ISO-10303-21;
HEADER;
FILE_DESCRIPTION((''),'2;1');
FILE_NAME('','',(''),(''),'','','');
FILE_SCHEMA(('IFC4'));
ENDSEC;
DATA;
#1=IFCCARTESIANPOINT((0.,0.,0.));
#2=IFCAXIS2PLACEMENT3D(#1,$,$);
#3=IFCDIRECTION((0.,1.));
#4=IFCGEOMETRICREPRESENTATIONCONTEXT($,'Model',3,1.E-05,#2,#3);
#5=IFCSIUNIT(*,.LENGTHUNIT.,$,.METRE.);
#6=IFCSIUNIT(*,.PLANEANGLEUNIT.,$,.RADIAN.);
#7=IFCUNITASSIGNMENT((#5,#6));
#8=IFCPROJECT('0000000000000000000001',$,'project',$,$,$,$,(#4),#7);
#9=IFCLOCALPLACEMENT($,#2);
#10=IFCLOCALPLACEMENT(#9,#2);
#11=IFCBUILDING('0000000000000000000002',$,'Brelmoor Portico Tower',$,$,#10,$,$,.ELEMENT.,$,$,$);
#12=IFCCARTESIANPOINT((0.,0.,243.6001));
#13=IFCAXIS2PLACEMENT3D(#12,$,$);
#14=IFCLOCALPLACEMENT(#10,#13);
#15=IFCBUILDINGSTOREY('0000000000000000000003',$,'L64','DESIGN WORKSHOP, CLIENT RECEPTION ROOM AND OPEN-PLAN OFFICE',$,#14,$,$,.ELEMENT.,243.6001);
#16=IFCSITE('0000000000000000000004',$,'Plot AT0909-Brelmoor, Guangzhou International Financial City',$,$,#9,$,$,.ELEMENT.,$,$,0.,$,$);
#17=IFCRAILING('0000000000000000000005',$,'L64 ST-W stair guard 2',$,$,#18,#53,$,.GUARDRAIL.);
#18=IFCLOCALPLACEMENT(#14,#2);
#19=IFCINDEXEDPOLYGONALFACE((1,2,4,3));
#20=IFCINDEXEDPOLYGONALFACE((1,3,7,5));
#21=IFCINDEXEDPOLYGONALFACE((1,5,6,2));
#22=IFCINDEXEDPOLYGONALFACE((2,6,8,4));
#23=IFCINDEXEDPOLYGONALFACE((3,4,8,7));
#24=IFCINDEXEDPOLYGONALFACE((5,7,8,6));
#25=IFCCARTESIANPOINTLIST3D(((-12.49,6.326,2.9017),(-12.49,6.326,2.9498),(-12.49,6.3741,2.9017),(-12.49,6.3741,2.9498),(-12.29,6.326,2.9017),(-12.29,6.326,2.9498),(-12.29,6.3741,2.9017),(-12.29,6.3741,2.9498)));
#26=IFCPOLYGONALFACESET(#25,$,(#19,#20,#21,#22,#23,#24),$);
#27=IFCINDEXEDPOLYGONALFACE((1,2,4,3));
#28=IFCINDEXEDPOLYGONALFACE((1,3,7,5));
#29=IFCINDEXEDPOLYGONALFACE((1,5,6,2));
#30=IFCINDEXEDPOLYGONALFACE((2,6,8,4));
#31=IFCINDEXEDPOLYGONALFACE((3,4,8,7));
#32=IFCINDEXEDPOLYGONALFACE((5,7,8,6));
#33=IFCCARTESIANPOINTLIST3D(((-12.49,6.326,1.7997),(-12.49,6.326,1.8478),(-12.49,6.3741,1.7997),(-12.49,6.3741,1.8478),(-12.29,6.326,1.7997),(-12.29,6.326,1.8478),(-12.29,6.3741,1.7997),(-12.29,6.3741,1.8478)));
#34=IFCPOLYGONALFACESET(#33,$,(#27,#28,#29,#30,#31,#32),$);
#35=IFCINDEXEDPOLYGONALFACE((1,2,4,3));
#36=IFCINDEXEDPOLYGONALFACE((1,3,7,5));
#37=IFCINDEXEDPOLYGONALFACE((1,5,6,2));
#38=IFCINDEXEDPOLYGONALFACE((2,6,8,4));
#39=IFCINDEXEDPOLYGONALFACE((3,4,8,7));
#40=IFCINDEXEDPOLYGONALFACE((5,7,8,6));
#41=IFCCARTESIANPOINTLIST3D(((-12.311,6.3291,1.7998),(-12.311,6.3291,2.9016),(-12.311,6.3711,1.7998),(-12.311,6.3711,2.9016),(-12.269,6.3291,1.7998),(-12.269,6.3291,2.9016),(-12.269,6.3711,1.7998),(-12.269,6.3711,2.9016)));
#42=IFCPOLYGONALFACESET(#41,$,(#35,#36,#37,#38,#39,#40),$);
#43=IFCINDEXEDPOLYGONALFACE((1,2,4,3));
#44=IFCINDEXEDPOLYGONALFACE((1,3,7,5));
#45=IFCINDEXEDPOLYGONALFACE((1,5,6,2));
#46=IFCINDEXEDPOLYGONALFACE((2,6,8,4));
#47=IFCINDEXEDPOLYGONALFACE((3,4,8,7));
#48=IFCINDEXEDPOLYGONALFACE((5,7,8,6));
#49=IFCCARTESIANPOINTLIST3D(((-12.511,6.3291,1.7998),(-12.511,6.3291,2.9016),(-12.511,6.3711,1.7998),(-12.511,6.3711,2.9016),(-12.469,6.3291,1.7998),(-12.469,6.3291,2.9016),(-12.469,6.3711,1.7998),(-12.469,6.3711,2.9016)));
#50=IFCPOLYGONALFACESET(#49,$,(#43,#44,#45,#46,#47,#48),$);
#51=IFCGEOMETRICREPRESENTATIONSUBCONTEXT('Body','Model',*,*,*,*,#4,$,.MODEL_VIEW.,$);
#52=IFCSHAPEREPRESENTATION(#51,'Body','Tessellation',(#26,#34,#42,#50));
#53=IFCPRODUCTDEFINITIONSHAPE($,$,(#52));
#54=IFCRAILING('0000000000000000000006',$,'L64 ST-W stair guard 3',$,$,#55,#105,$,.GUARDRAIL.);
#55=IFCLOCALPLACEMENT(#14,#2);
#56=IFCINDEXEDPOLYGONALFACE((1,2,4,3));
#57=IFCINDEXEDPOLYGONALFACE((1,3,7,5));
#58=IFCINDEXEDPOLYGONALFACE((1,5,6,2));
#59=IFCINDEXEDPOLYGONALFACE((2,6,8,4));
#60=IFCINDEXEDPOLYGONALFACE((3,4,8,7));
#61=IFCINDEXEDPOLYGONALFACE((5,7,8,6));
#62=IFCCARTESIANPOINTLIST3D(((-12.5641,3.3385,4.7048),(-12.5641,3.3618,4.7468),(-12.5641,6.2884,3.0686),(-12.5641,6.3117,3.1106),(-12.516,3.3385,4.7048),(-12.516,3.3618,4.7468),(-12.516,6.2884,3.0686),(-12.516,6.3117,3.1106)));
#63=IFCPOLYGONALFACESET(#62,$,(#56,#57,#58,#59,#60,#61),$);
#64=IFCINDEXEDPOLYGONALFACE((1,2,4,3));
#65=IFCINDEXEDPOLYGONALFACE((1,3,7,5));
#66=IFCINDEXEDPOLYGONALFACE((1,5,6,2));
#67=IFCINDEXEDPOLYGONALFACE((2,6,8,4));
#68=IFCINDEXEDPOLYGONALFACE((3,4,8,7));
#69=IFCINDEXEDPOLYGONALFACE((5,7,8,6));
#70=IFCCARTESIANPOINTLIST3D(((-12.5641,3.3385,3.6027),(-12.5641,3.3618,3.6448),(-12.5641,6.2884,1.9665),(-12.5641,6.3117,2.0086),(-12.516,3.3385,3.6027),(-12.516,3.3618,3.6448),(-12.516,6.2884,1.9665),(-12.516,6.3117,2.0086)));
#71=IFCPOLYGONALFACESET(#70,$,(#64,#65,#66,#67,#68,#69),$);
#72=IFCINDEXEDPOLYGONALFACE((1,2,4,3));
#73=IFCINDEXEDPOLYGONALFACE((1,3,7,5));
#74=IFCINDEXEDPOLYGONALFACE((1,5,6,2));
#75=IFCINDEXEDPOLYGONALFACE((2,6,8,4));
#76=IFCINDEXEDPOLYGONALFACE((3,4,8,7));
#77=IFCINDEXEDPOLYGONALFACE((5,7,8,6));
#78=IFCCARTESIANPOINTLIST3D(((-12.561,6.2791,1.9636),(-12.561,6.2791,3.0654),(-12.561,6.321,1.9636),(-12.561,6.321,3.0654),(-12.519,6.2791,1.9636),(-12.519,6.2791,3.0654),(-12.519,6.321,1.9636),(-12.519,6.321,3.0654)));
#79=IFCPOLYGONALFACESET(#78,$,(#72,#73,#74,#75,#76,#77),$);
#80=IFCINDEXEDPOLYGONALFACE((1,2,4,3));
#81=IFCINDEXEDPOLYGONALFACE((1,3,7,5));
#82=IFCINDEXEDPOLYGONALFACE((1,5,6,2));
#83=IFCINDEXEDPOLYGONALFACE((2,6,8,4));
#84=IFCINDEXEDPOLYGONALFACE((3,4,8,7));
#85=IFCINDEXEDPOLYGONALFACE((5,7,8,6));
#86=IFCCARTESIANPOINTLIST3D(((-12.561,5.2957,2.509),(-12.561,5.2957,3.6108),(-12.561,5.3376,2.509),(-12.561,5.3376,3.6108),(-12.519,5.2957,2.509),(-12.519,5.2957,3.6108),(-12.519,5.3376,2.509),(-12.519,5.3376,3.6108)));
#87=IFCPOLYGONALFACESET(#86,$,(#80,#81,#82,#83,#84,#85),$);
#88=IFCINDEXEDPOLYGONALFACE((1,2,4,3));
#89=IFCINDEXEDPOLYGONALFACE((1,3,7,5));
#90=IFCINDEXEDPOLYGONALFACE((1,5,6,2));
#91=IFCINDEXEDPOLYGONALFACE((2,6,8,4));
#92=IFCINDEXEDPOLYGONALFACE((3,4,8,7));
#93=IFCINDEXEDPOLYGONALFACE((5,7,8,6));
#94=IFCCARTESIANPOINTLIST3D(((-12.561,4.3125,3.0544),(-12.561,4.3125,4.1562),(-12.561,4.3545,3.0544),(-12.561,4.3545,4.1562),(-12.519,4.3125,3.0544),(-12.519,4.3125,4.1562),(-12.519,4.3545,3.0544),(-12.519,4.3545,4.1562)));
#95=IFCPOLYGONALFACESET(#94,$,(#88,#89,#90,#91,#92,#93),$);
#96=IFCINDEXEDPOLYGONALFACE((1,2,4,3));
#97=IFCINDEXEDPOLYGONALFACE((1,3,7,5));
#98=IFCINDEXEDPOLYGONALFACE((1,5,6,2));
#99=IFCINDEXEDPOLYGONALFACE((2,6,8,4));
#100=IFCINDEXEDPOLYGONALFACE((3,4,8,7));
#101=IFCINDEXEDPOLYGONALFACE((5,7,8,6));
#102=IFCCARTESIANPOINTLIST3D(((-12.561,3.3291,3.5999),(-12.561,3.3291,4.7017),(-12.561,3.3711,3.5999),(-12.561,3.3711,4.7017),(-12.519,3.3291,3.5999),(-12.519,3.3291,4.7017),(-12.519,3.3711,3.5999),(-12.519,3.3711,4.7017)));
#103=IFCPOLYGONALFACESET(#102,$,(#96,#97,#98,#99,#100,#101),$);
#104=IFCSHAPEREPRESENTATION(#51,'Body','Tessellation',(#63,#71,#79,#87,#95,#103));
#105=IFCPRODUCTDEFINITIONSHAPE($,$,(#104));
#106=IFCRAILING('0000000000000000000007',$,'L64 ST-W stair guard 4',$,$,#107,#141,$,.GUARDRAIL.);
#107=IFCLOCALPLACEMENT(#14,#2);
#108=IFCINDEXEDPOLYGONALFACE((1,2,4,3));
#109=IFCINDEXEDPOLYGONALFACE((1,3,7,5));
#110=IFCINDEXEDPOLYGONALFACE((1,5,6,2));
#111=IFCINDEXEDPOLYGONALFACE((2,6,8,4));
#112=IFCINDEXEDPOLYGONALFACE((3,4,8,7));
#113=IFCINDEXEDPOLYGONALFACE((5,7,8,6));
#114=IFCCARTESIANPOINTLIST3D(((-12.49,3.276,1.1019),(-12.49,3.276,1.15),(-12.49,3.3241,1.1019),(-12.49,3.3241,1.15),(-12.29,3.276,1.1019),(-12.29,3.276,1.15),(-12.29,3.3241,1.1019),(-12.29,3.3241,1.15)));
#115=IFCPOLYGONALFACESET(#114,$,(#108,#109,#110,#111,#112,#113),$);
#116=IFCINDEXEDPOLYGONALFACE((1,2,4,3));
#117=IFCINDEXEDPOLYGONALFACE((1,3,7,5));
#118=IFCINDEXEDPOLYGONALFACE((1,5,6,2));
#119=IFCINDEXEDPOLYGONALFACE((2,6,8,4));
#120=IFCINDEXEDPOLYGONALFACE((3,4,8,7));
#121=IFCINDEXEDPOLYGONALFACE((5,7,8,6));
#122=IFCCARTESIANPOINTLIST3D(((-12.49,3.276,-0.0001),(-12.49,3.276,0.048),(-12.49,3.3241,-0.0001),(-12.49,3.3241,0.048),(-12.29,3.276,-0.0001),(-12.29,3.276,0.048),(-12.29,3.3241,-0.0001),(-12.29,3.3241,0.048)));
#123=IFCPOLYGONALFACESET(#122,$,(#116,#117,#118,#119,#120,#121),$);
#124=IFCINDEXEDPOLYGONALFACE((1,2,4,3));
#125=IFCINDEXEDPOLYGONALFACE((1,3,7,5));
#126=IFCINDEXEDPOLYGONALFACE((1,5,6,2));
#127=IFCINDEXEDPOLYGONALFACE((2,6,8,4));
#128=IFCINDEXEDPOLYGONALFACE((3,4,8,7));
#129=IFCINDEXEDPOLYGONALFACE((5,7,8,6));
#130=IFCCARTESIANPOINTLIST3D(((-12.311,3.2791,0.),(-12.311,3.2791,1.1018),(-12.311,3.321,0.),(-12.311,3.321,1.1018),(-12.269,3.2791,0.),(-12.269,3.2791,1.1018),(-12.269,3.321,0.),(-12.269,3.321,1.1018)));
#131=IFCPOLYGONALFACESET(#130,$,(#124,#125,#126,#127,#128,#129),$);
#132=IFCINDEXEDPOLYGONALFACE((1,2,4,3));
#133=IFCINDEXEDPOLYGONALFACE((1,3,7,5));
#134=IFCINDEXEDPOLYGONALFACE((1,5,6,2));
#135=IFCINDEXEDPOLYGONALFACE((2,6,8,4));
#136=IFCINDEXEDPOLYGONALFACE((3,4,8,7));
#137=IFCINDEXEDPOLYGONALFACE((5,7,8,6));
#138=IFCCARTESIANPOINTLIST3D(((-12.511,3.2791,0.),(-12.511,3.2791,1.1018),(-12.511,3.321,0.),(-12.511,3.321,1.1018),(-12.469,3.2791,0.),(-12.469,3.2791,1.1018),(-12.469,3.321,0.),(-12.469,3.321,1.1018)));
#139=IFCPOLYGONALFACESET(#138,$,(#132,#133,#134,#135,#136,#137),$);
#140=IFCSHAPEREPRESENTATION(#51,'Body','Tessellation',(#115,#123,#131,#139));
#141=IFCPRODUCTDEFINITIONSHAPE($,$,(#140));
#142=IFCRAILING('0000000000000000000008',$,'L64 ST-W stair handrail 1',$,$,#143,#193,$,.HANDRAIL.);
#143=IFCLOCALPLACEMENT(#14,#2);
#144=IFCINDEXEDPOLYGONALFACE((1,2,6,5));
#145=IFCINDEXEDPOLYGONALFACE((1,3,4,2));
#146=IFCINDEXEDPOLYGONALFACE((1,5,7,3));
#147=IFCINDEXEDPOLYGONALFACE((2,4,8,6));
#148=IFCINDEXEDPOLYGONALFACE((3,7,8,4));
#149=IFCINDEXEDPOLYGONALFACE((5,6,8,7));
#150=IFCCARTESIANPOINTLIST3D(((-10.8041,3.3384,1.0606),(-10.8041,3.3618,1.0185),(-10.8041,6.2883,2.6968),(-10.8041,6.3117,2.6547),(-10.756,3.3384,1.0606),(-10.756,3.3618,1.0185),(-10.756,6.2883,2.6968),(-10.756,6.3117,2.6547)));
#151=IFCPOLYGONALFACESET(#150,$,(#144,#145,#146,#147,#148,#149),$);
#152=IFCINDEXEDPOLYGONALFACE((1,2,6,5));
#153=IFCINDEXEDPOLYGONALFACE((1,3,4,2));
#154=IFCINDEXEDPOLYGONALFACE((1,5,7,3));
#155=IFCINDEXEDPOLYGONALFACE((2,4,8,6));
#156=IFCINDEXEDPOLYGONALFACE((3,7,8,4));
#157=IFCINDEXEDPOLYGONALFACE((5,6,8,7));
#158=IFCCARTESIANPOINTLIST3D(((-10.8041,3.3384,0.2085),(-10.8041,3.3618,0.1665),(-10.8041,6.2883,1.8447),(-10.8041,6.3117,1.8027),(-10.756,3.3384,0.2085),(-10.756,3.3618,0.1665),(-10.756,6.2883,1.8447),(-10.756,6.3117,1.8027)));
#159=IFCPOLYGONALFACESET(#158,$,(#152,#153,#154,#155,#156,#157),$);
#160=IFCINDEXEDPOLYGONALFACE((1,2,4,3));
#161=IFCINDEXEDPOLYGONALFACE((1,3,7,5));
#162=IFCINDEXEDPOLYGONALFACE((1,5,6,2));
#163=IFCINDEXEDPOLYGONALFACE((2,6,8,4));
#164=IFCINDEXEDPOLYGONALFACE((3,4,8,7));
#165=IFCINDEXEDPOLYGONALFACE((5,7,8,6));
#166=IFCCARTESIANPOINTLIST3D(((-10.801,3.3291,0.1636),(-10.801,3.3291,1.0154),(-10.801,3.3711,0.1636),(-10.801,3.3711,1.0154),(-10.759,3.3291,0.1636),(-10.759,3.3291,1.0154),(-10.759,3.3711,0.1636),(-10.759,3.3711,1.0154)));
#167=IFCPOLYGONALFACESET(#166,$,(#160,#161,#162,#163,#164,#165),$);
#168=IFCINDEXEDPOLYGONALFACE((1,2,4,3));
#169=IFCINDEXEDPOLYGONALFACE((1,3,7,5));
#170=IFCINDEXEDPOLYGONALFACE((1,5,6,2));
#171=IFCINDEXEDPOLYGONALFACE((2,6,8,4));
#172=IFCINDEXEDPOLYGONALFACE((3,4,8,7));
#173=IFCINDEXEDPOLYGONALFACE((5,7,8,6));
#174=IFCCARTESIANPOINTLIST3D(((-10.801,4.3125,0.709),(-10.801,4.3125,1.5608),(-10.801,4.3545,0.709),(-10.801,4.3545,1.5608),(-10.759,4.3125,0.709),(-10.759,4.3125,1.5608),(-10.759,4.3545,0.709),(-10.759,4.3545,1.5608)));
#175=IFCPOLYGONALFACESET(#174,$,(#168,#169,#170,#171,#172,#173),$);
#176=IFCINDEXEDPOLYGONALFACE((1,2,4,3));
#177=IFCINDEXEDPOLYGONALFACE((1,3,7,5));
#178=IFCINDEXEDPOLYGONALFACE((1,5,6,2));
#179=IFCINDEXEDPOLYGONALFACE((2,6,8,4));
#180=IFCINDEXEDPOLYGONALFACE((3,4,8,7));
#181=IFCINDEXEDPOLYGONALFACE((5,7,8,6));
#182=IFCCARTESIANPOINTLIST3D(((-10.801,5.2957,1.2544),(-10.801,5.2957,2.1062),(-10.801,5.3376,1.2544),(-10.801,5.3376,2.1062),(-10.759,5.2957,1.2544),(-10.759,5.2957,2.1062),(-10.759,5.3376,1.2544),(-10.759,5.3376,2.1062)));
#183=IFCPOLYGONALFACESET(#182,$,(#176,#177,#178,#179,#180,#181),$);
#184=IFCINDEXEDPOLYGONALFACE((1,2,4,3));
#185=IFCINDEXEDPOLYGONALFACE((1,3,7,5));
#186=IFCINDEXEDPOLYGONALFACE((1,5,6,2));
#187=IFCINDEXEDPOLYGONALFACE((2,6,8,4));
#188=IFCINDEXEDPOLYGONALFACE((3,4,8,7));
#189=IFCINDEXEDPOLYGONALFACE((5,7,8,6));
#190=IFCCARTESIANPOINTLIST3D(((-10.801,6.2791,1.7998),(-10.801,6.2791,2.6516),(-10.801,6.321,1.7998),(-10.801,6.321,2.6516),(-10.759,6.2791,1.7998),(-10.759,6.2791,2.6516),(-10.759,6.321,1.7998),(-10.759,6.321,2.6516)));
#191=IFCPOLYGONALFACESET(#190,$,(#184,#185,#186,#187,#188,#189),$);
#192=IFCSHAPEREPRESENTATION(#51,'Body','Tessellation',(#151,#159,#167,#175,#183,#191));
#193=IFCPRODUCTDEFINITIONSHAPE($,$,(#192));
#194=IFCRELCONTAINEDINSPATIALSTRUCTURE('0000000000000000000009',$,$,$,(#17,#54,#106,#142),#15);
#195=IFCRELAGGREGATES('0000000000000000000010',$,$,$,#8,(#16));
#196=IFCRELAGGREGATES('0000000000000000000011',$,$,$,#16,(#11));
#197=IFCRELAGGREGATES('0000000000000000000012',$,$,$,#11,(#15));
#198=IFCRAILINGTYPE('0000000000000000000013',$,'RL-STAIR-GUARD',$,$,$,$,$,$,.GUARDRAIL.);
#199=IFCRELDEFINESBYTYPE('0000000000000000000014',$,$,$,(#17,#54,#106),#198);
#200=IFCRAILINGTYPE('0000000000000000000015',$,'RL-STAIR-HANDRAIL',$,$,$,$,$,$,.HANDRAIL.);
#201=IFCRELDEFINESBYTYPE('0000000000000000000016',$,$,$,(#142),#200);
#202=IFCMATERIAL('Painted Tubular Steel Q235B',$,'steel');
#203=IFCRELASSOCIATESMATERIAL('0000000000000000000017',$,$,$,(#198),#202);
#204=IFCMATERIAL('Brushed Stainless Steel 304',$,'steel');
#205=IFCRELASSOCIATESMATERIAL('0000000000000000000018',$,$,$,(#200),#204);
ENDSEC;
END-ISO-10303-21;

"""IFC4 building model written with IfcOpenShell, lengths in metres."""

from ifc_helpers import new_model, si_unit, direction, frame, origin, origin_2d, place, context, subcontext, project, spatial, rectangle, extrude, material, type_object, element, save


model = new_model("IFC4")

# Units and contexts
model_context = context("Model", 3, precision=1e-05, world=origin(), true_north=direction((0.0, 1.0)))
body_context = subcontext(model_context, "Body", "Model", "MODEL_VIEW")
ifc_project = project(units=[si_unit("LENGTHUNIT", "METRE"), si_unit("PLANEANGLEUNIT", "RADIAN")], contexts=[model_context])

# Site, building, storey
site_placement = place(None, origin())
site = spatial("IfcSite", under=ifc_project, at=site_placement, Name="Plot AT0909-Brelmoor, Guangzhou International Financial City", CompositionType="ELEMENT", RefElevation=0.0)
building_placement = place(site_placement, origin())
building = spatial("IfcBuilding", under=site, at=building_placement, Name="Brelmoor Portico Tower", CompositionType="ELEMENT")
storey_placement = place(building_placement, frame((0.0, 0.0, 243.6001)))
storey = spatial("IfcBuildingStorey", under=building, at=storey_placement, Name="L64", Description="DESIGN WORKSHOP, CLIENT RECEPTION ROOM AND OPEN-PLAN OFFICE", CompositionType="ELEMENT", Elevation=243.6001)

# Railings
ifc_material_1 = material(Name="Painted Tubular Steel Q235B", Category="steel")
railing_type_1 = type_object("IfcRailingType", Name="RL-STAIR-GUARD", PredefinedType="GUARDRAIL", material=ifc_material_1)
railing_1_placement = place(storey_placement, frame((-12.29, 6.3501, 1.7998)))
element("IfcRailing", 1, at=railing_1_placement, inside=storey, type_object=railing_type_1, Name="L64 ST-W stair guard 2", PredefinedType="GUARDRAIL", context=body_context, shape_type="SweptSolid", body=[
    extrude(rectangle(XDim=0.0481, YDim=0.0481, at=origin_2d()), frame((0.0, 0.0, 1.126), z_axis=(-1.0, 0.0, 0.0), x_axis=(0.0, -1.0, 0.0)), (0.0, 0.0, 1.0), 0.2),
    extrude(rectangle(XDim=0.0481, YDim=0.0481, at=origin_2d()), frame((0.0, 0.0, 0.0239), z_axis=(-1.0, 0.0, 0.0), x_axis=(0.0, -1.0, 0.0)), (0.0, 0.0, 1.0), 0.2),
    extrude(rectangle(XDim=0.042, YDim=0.042, at=origin_2d()), origin(), (0.0, 0.0, 1.0), 1.1018),
    extrude(rectangle(XDim=0.042, YDim=0.042, at=origin_2d()), frame((-0.2, 0.0, 0.0)), (0.0, 0.0, 1.0), 1.1018),
])
railing_2_placement = place(storey_placement, frame((-12.54, 6.3, 1.9636)))
element("IfcRailing", 2, at=railing_2_placement, inside=storey, type_object=railing_type_1, Name="L64 ST-W stair guard 3", PredefinedType="GUARDRAIL", context=body_context, shape_type="SweptSolid", body=[
    extrude(rectangle(XDim=0.0481, YDim=0.0481, at=origin_2d()), frame((0.0, 0.0, 1.126), z_axis=(0.0, -0.874488, 0.485047), x_axis=(1.0, 0.0, 0.0)), (0.0, 0.0, 1.0), 3.3733),
    extrude(rectangle(XDim=0.0481, YDim=0.0481, at=origin_2d()), frame((0.0, 0.0, 0.0239), z_axis=(0.0, -0.874488, 0.485047), x_axis=(1.0, 0.0, 0.0)), (0.0, 0.0, 1.0), 3.3733),
    extrude(rectangle(XDim=0.042, YDim=0.042, at=origin_2d()), origin(), (0.0, 0.0, 1.0), 1.1018),
    extrude(rectangle(XDim=0.042, YDim=0.042, at=origin_2d()), frame((0.0, -0.9834, 0.5454)), (0.0, 0.0, 1.0), 1.1018),
    extrude(rectangle(XDim=0.042, YDim=0.042, at=origin_2d()), frame((0.0, -1.9666, 1.0908)), (0.0, 0.0, 1.0), 1.1018),
    extrude(rectangle(XDim=0.042, YDim=0.042, at=origin_2d()), frame((0.0, -2.95, 1.6362)), (0.0, 0.0, 1.0), 1.1018),
])
railing_3_placement = place(storey_placement, frame((-12.29, 3.3, 0.0)))
element("IfcRailing", 3, at=railing_3_placement, inside=storey, type_object=railing_type_1, Name="L64 ST-W stair guard 4", PredefinedType="GUARDRAIL", context=body_context, shape_type="SweptSolid", body=[
    extrude(rectangle(XDim=0.0481, YDim=0.0481, at=origin_2d()), frame((0.0, 0.0, 1.126), z_axis=(-1.0, 0.0, 0.0), x_axis=(0.0, -1.0, 0.0)), (0.0, 0.0, 1.0), 0.2),
    extrude(rectangle(XDim=0.0481, YDim=0.0481, at=origin_2d()), frame((0.0, 0.0, 0.0239), z_axis=(-1.0, 0.0, 0.0), x_axis=(0.0, -1.0, 0.0)), (0.0, 0.0, 1.0), 0.2),
    extrude(rectangle(XDim=0.042, YDim=0.042, at=origin_2d()), origin(), (0.0, 0.0, 1.0), 1.1018),
    extrude(rectangle(XDim=0.042, YDim=0.042, at=origin_2d()), frame((-0.2, 0.0, 0.0)), (0.0, 0.0, 1.0), 1.1018),
])
ifc_material_2 = material(Name="Brushed Stainless Steel 304", Category="steel")
railing_type_2 = type_object("IfcRailingType", Name="RL-STAIR-HANDRAIL", PredefinedType="HANDRAIL", material=ifc_material_2)
railing_4_placement = place(storey_placement, frame((-10.78, 3.3501, 0.1636)))
element("IfcRailing", 4, at=railing_4_placement, inside=storey, type_object=railing_type_2, Name="L64 ST-W stair handrail 1", PredefinedType="HANDRAIL", context=body_context, shape_type="SweptSolid", body=[
    extrude(rectangle(XDim=0.0481, YDim=0.0481, at=origin_2d()), frame((0.0, 0.0, 0.876), z_axis=(0.0, 0.874488, 0.485047), x_axis=(-1.0, 0.0, 0.0)), (0.0, 0.0, 1.0), 3.3733),
    extrude(rectangle(XDim=0.0481, YDim=0.0481, at=origin_2d()), frame((0.0, 0.0, 0.0239), z_axis=(0.0, 0.874488, 0.485047), x_axis=(-1.0, 0.0, 0.0)), (0.0, 0.0, 1.0), 3.3733),
    extrude(rectangle(XDim=0.042, YDim=0.042, at=origin_2d()), origin(), (0.0, 0.0, 1.0), 0.8518),
    extrude(rectangle(XDim=0.042, YDim=0.042, at=origin_2d()), frame((0.0, 0.9834, 0.5454)), (0.0, 0.0, 1.0), 0.8518),
    extrude(rectangle(XDim=0.042, YDim=0.042, at=origin_2d()), frame((0.0, 1.9666, 1.0908)), (0.0, 0.0, 1.0), 0.8518),
    extrude(rectangle(XDim=0.042, YDim=0.042, at=origin_2d()), frame((0.0, 2.95, 1.6362)), (0.0, 0.0, 1.0), 0.8518),
])

save(model, "model.ifc")
